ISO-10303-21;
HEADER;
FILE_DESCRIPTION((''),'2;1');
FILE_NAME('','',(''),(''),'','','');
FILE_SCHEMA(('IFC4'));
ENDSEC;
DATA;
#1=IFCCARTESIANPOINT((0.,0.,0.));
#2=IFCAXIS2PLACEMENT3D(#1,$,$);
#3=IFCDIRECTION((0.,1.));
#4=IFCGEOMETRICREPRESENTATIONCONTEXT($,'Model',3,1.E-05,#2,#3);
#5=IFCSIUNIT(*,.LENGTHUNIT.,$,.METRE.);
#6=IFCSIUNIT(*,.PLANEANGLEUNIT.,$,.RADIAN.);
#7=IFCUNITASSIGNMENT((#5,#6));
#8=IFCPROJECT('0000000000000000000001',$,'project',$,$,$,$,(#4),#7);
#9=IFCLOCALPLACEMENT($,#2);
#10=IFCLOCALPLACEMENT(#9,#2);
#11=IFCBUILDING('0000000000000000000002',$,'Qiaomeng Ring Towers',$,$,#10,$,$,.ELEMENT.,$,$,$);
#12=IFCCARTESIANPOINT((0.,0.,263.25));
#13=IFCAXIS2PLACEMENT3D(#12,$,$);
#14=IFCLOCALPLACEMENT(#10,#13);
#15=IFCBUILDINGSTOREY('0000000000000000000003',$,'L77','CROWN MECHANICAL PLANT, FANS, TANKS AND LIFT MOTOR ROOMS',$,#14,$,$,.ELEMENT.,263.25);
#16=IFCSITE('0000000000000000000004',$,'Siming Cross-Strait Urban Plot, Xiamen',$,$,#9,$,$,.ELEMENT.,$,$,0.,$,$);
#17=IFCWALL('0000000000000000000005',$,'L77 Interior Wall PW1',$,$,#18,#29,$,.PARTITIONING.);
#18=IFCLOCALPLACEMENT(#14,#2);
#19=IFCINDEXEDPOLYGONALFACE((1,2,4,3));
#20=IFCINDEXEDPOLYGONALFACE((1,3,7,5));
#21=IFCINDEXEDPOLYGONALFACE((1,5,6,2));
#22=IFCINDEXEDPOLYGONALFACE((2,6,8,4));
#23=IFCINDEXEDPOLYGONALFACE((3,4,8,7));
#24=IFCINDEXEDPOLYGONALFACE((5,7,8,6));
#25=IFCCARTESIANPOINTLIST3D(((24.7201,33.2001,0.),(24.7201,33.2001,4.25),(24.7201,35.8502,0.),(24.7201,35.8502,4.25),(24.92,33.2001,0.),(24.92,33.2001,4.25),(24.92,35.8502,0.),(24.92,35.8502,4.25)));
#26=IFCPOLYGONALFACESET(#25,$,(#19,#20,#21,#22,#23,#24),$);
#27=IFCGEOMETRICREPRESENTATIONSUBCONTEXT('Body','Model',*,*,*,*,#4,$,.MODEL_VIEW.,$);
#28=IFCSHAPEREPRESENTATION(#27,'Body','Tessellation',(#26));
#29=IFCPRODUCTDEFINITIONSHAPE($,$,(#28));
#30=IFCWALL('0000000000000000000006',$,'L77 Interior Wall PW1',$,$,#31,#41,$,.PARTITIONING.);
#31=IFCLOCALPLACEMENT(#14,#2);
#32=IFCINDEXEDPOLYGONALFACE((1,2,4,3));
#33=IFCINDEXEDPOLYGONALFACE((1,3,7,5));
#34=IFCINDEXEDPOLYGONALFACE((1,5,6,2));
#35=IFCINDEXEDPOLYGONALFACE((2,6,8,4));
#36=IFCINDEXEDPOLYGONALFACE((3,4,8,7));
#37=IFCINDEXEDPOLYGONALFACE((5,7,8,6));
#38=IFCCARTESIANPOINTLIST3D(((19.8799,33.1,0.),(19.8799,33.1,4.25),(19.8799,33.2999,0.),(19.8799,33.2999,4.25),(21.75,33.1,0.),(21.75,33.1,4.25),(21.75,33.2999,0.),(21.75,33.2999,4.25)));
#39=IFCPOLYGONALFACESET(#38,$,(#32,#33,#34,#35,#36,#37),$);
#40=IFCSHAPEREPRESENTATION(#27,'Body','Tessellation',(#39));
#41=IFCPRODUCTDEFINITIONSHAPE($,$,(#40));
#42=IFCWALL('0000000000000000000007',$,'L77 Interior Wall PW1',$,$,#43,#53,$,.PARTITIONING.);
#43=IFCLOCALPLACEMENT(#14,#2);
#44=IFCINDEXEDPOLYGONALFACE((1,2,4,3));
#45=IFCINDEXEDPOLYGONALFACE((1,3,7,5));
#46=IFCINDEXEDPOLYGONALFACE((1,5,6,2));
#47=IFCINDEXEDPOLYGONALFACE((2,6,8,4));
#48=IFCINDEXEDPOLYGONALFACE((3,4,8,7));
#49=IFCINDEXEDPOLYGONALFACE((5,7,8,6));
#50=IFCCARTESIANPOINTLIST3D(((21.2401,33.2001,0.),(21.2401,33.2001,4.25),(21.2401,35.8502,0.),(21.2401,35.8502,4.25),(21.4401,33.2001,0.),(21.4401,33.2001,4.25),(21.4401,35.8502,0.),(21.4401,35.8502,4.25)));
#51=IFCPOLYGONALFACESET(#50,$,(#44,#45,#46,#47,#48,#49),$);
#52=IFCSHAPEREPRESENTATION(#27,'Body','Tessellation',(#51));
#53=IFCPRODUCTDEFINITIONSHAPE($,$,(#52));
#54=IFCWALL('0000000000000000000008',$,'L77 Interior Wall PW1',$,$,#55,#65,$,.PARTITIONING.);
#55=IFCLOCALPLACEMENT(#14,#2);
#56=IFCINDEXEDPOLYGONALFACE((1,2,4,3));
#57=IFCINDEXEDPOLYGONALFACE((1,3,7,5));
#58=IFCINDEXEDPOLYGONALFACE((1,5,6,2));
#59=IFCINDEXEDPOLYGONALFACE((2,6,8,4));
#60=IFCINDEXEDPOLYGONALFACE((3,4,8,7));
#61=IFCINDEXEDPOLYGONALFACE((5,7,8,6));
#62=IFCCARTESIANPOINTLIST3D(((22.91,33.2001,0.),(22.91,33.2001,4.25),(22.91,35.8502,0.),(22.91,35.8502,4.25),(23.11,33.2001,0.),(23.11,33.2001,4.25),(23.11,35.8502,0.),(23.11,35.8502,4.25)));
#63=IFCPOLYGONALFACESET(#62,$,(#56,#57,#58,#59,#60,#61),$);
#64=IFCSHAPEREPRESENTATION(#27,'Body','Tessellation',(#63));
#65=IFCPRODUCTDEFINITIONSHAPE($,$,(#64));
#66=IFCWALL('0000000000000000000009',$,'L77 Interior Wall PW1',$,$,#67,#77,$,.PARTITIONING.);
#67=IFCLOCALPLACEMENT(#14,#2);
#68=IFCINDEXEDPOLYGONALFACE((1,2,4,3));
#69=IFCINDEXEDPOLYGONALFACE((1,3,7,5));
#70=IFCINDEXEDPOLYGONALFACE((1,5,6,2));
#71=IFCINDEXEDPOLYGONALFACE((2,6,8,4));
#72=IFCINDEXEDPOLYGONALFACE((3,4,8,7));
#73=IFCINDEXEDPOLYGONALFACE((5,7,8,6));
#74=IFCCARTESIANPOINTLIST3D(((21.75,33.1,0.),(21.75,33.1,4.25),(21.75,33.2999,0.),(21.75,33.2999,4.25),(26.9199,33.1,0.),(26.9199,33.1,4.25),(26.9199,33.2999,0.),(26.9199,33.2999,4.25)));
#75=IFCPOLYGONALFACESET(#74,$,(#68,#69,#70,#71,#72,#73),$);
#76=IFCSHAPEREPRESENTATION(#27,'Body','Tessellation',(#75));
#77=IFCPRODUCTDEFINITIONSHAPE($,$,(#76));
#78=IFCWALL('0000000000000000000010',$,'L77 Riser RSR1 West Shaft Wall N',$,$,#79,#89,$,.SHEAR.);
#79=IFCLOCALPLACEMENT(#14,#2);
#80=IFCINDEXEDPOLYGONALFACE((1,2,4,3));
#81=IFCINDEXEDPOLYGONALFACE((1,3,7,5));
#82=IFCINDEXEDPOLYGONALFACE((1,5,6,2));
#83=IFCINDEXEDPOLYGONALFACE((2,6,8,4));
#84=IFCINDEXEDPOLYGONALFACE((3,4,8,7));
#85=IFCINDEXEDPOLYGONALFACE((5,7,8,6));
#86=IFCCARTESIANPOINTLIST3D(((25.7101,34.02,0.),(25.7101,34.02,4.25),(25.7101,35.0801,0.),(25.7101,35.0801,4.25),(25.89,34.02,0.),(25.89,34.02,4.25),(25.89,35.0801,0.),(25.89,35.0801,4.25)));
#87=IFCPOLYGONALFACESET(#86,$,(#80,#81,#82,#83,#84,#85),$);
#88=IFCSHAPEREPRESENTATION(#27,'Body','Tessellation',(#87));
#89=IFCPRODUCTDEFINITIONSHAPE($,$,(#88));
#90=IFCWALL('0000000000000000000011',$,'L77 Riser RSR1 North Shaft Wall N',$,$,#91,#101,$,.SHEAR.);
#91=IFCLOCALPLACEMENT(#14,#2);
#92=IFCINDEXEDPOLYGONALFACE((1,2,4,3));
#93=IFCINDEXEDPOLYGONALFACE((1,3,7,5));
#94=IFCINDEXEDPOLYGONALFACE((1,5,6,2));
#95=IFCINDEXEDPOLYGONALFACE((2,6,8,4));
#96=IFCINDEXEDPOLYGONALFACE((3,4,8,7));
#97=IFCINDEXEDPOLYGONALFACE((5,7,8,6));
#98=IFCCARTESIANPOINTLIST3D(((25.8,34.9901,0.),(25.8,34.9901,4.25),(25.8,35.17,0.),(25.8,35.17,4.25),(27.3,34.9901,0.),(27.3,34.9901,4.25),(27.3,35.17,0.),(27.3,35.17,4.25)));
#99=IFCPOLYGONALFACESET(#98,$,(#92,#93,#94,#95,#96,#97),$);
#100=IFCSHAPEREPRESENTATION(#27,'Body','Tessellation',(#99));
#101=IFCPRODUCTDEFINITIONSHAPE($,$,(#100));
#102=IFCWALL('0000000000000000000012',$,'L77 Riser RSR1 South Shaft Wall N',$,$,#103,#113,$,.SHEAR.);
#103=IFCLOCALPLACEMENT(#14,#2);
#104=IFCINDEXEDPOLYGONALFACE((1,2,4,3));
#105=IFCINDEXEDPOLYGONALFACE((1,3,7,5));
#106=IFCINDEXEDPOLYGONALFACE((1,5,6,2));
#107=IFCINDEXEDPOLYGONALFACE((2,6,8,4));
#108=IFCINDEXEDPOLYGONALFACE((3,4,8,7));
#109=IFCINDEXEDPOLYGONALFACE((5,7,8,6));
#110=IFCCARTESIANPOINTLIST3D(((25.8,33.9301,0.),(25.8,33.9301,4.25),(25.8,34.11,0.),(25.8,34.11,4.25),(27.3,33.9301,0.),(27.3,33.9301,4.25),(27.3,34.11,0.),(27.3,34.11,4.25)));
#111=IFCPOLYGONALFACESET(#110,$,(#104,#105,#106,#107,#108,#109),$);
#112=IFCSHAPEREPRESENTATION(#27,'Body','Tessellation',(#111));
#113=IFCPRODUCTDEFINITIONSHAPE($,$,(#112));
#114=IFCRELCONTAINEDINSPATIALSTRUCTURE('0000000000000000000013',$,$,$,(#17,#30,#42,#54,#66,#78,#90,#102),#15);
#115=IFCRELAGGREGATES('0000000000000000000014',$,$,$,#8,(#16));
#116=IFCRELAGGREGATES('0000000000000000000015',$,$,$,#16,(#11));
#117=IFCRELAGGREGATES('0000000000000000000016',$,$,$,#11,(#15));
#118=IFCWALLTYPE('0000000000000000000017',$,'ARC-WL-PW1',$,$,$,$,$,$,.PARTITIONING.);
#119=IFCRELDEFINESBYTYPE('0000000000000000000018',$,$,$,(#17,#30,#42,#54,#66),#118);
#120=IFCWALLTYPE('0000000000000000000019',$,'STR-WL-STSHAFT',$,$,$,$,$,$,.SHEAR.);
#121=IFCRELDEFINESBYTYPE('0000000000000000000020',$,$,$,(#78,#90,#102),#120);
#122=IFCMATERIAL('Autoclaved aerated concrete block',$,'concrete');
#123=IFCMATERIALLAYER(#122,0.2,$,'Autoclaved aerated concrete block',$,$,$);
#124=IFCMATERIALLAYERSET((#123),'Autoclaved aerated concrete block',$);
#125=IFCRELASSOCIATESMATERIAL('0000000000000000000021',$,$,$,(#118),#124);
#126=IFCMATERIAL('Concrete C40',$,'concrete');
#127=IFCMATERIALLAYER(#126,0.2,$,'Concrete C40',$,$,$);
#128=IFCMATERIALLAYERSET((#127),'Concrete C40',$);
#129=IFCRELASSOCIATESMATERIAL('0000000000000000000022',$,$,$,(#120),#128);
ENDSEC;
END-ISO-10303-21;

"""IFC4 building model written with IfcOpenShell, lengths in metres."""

from ifc_helpers import new_model, si_unit, direction, frame, frame_2d, origin, place, context, subcontext, project, spatial, rectangle, extrude, material, layer, layer_set, type_object, element, save


model = new_model("IFC4")

# Units and contexts
model_context = context("Model", 3, precision=1e-05, world=origin(), true_north=direction((0.0, 1.0)))
body_context = subcontext(model_context, "Body", "Model", "MODEL_VIEW")
ifc_project = project(units=[si_unit("LENGTHUNIT", "METRE"), si_unit("PLANEANGLEUNIT", "RADIAN")], contexts=[model_context])

# Site, building, storey
site_placement = place(None, origin())
site = spatial("IfcSite", under=ifc_project, at=site_placement, Name="Siming Cross-Strait Urban Plot, Xiamen", CompositionType="ELEMENT", RefElevation=0.0)
building_placement = place(site_placement, origin())
building = spatial("IfcBuilding", under=site, at=building_placement, Name="Qiaomeng Ring Towers", CompositionType="ELEMENT")
storey_placement = place(building_placement, frame((0.0, 0.0, 263.25)))
storey = spatial("IfcBuildingStorey", under=building, at=storey_placement, Name="L77", Description="CROWN MECHANICAL PLANT, FANS, TANKS AND LIFT MOTOR ROOMS", CompositionType="ELEMENT", Elevation=263.25)

# Shared definitions
ifc_material_1 = material(Name="Concrete C40", Category="concrete")

# Walls
ifc_material_2 = material(Name="Autoclaved aerated concrete block", Category="concrete")
ifc_layer_1 = layer(ifc_material_2, 0.2, Name="Autoclaved aerated concrete block")
ifc_layer_set_1 = layer_set([ifc_layer_1], Name="Autoclaved aerated concrete block")
wall_type_1 = type_object("IfcWallType", Name="ARC-WL-PW1", PredefinedType="PARTITIONING", material=ifc_layer_set_1)
wall_1_placement = place(storey_placement, frame((24.8201, 33.2, 0.0), z_axis=(0.0, 0.0, 1.0), x_axis=(0.0, 1.0, 0.0)))
element("IfcWall", 1, at=wall_1_placement, inside=storey, type_object=wall_type_1, Name="L77 Interior Wall PW1", PredefinedType="PARTITIONING", context=body_context, shape_type="SweptSolid", body=[
    extrude(rectangle(XDim=2.6501, YDim=0.2, at=frame_2d((1.3252, 0.0))), origin(), (0.0, 0.0, 1.0), 4.25),
])
wall_2_placement = place(storey_placement, frame((19.8799, 33.2, 0.0), z_axis=(0.0, 0.0, 1.0), x_axis=(1.0, 0.0, 0.0)))
element("IfcWall", 2, at=wall_2_placement, inside=storey, type_object=wall_type_1, Name="L77 Interior Wall PW1", PredefinedType="PARTITIONING", context=body_context, shape_type="SweptSolid", body=[
    extrude(rectangle(XDim=1.8701, YDim=0.2, at=frame_2d((0.9351, 0.0))), origin(), (0.0, 0.0, 1.0), 4.25),
])
for number, where, z_axis, x_axis, name in (
    (3, (21.3401, 33.2, 0.0), (0.0, 0.0, 1.0), (0.0, 1.0, 0.0), "L77 Interior Wall PW1"),
    (4, (23.01, 33.2, 0.0), (0.0, 0.0, 1.0), (0.0, 1.0, 0.0), "L77 Interior Wall PW1"),
):
    element("IfcWall", number, at=place(storey_placement, frame(where, z_axis=z_axis, x_axis=x_axis)), inside=storey, type_object=wall_type_1, Name=name, PredefinedType="PARTITIONING", context=body_context, shape_type="SweptSolid", body=[
        extrude(rectangle(XDim=2.6501, YDim=0.2, at=frame_2d((1.3252, 0.0))), origin(), (0.0, 0.0, 1.0), 4.25),
    ])
wall_3_placement = place(storey_placement, frame((21.75, 33.2, 0.0), z_axis=(0.0, 0.0, 1.0), x_axis=(1.0, 0.0, 0.0)))
element("IfcWall", 5, at=wall_3_placement, inside=storey, type_object=wall_type_1, Name="L77 Interior Wall PW1", PredefinedType="PARTITIONING", context=body_context, shape_type="SweptSolid", body=[
    extrude(rectangle(XDim=5.1699, YDim=0.2, at=frame_2d((2.585, 0.0))), origin(), (0.0, 0.0, 1.0), 4.25),
])
ifc_layer_2 = layer(ifc_material_1, 0.2, Name="Concrete C40")
ifc_layer_set_2 = layer_set([ifc_layer_2], Name="Concrete C40")
wall_type_2 = type_object("IfcWallType", Name="STR-WL-STSHAFT", PredefinedType="SHEAR", material=ifc_layer_set_2)
wall_4_placement = place(storey_placement, frame((25.8, 34.02, 0.0), z_axis=(0.0, 0.0, 1.0), x_axis=(0.0, 1.0, 0.0)))
element("IfcWall", 6, at=wall_4_placement, inside=storey, type_object=wall_type_2, Name="L77 Riser RSR1 West Shaft Wall N", PredefinedType="SHEAR", context=body_context, shape_type="SweptSolid", body=[
    extrude(rectangle(XDim=1.0601, YDim=0.1799, at=frame_2d((0.53, 0.0))), origin(), (0.0, 0.0, 1.0), 4.25),
])
for number, where, z_axis, x_axis, name in (
    (7, (25.8, 35.0801, 0.0), (0.0, 0.0, 1.0), (1.0, 0.0, 0.0), "L77 Riser RSR1 North Shaft Wall N"),
    (8, (25.8, 34.02, 0.0), (0.0, 0.0, 1.0), (1.0, 0.0, 0.0), "L77 Riser RSR1 South Shaft Wall N"),
):
    element("IfcWall", number, at=place(storey_placement, frame(where, z_axis=z_axis, x_axis=x_axis)), inside=storey, type_object=wall_type_2, Name=name, PredefinedType="SHEAR", context=body_context, shape_type="SweptSolid", body=[
        extrude(rectangle(XDim=1.5, YDim=0.1799, at=frame_2d((0.75, 0.0))), origin(), (0.0, 0.0, 1.0), 4.25),
    ])

save(model, "model.ifc")
